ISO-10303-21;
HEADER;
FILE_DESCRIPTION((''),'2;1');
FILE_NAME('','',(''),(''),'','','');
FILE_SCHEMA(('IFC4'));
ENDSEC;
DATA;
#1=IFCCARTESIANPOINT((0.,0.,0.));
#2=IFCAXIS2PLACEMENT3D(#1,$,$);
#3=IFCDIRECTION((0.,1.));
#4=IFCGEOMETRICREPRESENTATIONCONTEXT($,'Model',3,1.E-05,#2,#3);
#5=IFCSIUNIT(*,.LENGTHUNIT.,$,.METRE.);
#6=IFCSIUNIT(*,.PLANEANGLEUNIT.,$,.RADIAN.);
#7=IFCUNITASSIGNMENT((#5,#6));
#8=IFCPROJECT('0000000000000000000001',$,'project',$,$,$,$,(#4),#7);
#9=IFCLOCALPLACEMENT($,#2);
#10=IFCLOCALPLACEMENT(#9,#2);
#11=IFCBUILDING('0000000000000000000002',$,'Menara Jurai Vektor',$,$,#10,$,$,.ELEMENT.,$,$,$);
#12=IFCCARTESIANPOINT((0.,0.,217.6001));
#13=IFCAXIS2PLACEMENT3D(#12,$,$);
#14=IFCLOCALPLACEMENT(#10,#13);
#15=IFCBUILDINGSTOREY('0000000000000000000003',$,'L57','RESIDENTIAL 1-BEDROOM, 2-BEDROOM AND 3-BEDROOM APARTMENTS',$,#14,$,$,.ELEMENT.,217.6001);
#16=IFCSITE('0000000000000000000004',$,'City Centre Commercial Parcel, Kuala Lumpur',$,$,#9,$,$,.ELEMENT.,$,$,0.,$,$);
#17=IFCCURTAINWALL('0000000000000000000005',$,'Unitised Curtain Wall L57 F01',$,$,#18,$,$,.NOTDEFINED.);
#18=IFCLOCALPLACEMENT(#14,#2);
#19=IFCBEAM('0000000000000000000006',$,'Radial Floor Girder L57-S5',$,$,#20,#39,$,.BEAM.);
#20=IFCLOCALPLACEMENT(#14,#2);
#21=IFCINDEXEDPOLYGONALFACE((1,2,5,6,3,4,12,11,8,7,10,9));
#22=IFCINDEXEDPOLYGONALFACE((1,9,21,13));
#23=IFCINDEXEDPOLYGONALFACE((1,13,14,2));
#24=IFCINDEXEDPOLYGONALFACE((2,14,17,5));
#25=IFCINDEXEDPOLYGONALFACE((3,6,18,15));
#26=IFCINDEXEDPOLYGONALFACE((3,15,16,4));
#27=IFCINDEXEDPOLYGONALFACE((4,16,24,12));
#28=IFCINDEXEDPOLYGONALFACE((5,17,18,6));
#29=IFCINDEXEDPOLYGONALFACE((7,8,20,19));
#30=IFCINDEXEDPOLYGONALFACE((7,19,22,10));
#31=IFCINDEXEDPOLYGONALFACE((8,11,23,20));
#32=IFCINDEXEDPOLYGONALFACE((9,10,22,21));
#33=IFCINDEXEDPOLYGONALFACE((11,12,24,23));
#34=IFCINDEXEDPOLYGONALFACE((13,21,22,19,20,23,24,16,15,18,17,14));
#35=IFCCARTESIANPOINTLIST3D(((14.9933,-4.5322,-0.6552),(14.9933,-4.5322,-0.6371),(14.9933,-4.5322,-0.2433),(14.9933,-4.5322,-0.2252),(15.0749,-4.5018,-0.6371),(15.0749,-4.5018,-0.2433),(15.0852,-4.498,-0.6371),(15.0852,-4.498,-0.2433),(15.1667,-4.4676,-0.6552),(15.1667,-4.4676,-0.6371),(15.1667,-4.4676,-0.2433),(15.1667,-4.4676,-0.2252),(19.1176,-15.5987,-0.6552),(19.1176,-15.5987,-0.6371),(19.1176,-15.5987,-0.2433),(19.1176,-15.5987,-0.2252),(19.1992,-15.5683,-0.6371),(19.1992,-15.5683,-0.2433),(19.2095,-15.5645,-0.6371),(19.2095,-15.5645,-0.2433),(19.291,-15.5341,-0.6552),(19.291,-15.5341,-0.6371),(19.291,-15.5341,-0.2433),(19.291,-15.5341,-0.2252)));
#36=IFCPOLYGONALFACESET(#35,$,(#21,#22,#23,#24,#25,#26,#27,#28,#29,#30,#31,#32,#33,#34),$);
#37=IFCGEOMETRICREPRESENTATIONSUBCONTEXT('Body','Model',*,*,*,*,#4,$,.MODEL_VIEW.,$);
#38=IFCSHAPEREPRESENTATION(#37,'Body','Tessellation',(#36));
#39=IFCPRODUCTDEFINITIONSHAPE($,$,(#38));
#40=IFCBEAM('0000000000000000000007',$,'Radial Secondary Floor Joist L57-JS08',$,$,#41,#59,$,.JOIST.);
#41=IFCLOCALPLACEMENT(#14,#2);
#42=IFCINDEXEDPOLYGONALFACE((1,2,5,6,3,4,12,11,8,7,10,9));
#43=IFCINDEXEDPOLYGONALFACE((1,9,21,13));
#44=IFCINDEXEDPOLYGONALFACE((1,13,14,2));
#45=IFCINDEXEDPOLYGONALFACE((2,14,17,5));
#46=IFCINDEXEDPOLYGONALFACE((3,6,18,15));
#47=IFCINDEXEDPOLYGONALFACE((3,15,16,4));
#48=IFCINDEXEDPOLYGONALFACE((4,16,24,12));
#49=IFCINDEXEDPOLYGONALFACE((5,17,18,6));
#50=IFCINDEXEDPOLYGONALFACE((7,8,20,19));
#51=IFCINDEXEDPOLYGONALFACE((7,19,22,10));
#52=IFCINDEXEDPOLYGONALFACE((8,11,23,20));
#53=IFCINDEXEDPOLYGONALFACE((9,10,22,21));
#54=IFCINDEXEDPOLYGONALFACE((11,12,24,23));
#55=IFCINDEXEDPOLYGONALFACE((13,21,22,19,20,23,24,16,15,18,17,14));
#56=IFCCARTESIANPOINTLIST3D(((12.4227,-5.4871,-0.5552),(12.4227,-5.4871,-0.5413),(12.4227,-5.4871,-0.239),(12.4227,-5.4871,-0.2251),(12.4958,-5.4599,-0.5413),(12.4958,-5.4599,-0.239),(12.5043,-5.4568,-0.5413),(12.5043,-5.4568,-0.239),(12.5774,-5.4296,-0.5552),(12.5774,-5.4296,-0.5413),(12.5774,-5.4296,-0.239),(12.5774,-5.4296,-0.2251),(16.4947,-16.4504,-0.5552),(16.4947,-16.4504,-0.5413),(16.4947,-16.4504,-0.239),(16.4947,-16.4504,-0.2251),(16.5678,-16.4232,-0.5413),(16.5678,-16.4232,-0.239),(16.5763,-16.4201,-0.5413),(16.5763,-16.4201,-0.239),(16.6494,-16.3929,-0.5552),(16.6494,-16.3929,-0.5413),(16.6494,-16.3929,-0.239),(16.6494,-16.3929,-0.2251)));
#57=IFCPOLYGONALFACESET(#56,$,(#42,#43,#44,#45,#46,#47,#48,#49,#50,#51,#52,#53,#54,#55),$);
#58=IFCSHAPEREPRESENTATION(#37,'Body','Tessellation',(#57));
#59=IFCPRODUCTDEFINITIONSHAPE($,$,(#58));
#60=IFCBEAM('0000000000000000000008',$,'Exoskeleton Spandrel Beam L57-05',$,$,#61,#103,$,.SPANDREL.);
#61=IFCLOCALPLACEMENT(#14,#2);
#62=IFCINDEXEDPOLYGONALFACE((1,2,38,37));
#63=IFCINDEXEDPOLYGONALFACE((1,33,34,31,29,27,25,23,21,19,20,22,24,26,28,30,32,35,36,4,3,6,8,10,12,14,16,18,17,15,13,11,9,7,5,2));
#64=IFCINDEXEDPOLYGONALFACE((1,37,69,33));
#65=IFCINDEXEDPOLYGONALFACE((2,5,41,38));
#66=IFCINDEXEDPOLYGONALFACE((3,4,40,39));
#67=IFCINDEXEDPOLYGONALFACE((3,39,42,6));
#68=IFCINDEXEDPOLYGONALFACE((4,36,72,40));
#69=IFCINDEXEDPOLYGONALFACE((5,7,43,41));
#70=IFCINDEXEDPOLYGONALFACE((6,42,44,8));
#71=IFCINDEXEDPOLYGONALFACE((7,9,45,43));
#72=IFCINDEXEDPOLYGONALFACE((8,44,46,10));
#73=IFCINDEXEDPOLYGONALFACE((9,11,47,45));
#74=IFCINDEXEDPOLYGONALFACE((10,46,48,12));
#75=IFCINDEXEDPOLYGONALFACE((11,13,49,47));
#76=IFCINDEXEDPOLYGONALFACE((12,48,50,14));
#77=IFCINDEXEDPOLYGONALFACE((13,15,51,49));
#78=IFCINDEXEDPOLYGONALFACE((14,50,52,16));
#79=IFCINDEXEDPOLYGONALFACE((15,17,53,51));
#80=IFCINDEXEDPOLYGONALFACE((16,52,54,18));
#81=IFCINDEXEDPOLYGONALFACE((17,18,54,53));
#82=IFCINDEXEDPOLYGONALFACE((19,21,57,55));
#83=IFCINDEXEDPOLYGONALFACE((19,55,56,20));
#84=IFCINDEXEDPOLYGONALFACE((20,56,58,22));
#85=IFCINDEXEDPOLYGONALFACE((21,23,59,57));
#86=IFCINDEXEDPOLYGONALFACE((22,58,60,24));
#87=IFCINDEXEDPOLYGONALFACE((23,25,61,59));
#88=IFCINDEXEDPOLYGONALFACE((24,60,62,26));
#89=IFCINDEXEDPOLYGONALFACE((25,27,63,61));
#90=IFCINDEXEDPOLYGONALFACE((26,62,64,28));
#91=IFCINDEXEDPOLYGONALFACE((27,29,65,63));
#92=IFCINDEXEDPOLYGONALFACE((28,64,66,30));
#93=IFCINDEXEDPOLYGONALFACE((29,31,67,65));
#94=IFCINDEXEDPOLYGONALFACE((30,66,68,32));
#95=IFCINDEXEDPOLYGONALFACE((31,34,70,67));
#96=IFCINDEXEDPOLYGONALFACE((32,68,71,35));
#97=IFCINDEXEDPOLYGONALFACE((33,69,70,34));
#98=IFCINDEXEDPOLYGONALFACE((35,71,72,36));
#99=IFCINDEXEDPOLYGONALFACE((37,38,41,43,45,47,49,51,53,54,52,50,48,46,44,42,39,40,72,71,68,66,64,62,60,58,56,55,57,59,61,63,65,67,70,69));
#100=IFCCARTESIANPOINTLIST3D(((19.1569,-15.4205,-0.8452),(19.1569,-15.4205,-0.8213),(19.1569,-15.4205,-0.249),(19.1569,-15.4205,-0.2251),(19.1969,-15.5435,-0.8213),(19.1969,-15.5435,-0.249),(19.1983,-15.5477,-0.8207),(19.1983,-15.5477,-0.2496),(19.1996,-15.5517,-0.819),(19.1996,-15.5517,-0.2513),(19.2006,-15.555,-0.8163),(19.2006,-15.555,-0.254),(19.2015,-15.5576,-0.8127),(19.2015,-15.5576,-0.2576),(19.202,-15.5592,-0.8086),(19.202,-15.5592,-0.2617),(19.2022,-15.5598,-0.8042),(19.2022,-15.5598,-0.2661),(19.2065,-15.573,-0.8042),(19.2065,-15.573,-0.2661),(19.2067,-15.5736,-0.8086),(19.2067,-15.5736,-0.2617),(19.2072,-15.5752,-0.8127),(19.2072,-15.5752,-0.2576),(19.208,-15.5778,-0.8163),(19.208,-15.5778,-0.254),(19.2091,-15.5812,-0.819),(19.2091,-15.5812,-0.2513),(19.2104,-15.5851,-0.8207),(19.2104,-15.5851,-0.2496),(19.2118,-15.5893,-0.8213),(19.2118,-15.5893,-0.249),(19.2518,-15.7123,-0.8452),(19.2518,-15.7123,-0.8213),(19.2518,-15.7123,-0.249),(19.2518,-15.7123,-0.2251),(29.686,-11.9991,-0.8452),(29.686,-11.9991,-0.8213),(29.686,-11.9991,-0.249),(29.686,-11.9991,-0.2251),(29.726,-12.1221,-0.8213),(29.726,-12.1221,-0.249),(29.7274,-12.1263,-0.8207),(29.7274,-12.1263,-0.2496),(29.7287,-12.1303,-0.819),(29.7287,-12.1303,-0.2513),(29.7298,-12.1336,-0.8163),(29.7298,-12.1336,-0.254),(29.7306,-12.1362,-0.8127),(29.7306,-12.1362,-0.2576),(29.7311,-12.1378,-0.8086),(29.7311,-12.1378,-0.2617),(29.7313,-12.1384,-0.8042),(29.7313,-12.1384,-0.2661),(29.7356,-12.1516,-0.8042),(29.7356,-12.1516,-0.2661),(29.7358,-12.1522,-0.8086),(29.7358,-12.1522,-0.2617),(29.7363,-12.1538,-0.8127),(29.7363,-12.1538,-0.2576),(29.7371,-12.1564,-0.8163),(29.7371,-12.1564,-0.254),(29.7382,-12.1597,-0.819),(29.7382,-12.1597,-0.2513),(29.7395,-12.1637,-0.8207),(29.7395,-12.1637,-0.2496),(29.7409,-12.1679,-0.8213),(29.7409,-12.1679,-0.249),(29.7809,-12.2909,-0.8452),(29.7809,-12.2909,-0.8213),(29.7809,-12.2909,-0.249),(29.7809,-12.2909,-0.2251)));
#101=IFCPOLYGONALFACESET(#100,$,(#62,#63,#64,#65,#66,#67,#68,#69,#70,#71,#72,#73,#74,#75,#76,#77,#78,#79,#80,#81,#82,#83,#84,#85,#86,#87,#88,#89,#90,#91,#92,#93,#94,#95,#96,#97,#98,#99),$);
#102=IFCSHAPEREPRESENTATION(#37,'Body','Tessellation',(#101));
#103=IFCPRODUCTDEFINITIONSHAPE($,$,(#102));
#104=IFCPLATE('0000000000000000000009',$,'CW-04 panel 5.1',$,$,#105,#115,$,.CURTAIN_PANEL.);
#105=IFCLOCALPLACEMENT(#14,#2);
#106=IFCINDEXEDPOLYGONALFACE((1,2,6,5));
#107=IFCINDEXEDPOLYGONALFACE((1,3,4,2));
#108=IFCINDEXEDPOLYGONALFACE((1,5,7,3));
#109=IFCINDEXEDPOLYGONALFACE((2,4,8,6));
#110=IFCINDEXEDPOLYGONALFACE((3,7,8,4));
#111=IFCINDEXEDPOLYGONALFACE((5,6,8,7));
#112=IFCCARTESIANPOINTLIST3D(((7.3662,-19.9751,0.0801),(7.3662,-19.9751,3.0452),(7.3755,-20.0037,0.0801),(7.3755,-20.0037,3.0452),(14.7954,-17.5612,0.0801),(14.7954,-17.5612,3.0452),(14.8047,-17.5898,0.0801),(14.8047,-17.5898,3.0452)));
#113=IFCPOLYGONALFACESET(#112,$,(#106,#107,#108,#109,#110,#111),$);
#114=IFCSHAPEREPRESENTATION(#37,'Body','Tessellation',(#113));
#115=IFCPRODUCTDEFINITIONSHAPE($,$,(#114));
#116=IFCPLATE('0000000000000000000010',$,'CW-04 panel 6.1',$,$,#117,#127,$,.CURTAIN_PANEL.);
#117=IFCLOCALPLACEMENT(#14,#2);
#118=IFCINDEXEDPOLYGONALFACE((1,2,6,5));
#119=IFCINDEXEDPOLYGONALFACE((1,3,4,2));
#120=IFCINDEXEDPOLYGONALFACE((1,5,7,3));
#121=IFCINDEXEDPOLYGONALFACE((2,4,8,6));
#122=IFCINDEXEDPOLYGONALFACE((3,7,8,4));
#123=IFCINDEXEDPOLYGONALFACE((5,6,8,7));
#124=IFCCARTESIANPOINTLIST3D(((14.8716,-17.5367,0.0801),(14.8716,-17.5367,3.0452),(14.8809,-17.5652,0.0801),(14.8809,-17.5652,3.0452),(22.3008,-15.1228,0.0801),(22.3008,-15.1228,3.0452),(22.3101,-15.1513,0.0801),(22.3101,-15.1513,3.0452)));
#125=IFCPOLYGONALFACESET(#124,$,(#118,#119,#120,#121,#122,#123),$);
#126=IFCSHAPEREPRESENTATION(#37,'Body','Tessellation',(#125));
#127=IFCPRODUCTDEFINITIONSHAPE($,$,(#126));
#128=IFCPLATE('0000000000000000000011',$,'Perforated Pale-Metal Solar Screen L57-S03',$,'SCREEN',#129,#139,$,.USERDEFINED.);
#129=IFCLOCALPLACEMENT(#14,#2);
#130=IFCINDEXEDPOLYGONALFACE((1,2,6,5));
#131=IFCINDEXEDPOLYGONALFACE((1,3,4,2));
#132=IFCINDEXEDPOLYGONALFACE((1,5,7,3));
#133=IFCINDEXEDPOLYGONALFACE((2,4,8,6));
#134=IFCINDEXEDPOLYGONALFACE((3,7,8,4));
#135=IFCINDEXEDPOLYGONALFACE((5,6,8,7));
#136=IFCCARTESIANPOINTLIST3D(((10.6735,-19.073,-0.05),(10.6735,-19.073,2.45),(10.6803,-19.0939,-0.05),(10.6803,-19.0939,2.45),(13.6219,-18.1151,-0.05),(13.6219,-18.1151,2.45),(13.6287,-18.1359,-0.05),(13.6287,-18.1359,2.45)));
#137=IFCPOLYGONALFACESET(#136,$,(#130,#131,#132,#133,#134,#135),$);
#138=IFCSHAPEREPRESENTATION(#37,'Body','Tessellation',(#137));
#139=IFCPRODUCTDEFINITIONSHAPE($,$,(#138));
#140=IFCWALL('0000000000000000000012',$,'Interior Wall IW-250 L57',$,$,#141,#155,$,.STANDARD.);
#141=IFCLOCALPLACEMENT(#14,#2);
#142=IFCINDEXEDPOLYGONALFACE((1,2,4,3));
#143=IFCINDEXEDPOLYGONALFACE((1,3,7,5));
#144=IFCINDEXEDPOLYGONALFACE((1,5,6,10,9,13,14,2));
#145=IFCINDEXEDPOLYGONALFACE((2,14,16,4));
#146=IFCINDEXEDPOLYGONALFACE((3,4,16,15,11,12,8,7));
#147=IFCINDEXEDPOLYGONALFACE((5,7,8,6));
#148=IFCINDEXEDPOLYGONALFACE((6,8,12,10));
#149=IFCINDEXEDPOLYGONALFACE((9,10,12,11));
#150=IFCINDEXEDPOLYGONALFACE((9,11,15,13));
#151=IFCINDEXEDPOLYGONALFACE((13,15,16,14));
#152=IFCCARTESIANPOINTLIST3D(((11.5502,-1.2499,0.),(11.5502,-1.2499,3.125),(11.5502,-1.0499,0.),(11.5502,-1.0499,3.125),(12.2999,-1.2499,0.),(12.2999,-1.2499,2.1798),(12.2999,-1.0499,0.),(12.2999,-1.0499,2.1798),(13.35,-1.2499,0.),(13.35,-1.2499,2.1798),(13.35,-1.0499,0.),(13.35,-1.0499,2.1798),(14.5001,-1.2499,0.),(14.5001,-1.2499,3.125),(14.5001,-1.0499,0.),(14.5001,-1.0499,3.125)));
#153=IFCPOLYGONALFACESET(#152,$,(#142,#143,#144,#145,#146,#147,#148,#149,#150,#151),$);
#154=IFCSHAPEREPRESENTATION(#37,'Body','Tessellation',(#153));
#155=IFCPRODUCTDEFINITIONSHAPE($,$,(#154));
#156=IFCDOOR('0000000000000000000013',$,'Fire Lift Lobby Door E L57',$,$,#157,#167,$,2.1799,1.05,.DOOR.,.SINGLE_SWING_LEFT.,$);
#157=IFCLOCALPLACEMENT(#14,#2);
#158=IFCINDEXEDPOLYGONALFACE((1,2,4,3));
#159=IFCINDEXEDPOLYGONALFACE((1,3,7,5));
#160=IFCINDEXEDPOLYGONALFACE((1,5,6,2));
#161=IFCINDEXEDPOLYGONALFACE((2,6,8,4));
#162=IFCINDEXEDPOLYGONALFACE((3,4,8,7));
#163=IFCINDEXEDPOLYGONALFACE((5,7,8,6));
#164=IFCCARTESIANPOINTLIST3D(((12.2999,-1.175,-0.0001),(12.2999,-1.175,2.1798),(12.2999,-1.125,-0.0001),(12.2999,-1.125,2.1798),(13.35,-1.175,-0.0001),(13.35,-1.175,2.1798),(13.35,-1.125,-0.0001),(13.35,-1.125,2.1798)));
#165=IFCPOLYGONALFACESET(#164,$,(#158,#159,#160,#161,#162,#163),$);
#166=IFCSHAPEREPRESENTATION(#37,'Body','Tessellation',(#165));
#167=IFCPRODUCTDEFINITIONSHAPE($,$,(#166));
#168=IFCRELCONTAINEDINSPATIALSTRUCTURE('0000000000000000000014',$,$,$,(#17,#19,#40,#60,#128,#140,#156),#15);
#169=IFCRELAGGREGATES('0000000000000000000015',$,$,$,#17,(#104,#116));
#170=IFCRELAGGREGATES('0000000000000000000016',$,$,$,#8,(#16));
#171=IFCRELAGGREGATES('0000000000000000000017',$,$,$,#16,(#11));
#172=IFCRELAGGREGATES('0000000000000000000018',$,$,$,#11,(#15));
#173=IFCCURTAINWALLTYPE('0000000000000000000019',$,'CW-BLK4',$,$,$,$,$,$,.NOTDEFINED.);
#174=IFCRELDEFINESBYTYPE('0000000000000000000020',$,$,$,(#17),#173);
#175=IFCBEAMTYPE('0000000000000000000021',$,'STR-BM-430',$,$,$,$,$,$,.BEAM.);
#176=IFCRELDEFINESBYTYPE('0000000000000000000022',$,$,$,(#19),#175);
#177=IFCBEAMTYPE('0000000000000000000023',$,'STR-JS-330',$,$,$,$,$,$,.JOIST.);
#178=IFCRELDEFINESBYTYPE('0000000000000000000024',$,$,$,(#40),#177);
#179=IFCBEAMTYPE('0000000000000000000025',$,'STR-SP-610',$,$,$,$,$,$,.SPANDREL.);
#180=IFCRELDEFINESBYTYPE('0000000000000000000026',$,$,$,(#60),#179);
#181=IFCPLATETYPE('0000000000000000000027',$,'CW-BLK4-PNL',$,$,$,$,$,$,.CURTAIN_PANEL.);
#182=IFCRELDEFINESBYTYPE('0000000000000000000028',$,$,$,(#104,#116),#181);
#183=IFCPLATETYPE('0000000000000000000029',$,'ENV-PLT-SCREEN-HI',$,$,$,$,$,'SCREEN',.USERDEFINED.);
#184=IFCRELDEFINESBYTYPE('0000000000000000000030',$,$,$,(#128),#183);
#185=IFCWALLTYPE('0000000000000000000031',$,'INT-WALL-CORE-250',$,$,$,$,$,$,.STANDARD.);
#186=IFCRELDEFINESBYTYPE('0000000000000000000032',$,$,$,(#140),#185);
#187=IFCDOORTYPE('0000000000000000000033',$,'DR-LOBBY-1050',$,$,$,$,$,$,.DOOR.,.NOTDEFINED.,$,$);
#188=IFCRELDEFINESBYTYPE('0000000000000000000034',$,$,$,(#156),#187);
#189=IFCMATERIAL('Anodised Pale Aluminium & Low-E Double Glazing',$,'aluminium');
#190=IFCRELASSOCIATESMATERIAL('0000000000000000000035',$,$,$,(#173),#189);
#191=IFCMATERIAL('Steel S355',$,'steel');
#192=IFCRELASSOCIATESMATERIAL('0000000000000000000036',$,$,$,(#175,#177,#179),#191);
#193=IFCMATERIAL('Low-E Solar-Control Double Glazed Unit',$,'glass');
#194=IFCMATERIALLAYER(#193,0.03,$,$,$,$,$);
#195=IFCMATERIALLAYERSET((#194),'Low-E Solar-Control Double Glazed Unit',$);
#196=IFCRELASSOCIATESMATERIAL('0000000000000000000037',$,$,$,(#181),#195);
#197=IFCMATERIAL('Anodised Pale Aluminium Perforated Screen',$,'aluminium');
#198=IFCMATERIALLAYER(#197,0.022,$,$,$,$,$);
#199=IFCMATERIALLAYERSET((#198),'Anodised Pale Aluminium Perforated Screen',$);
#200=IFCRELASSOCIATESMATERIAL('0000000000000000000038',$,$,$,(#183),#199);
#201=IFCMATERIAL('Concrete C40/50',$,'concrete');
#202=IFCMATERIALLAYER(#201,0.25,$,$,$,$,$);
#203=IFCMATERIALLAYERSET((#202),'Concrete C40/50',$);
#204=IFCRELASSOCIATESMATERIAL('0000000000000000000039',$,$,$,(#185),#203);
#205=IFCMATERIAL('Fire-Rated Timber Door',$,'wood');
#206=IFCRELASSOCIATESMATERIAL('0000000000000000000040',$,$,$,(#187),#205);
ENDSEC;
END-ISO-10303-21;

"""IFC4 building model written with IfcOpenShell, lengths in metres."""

from ifc_helpers import new_model, si_unit, direction, frame, frame_2d, origin, origin_2d, place, context, subcontext, project, spatial, rectangle, i_section, extrude, material, layer, layer_set, material_profile, profile_set, type_object, element, fill, aggregate, save


model = new_model("IFC4")

# Units and contexts
model_context = context("Model", 3, precision=1e-05, world=origin(), true_north=direction((0.0, 1.0)))
body_context = subcontext(model_context, "Body", "Model", "MODEL_VIEW")
ifc_project = project(units=[si_unit("LENGTHUNIT", "METRE"), si_unit("PLANEANGLEUNIT", "RADIAN")], contexts=[model_context])

# Site, building, storey
site_placement = place(None, origin())
site = spatial("IfcSite", under=ifc_project, at=site_placement, Name="City Centre Commercial Parcel, Kuala Lumpur", CompositionType="ELEMENT", RefElevation=0.0)
building_placement = place(site_placement, origin())
building = spatial("IfcBuilding", under=site, at=building_placement, Name="Menara Jurai Vektor", CompositionType="ELEMENT")
storey_placement = place(building_placement, frame((0.0, 0.0, 217.6001)))
storey = spatial("IfcBuildingStorey", under=building, at=storey_placement, Name="L57", Description="RESIDENTIAL 1-BEDROOM, 2-BEDROOM AND 3-BEDROOM APARTMENTS", CompositionType="ELEMENT", Elevation=217.6001)

# Curtain wall
ifc_material_1 = material(Name="Anodised Pale Aluminium & Low-E Double Glazing", Category="aluminium")
curtain_wall_type = type_object("IfcCurtainWallType", Name="CW-BLK4", PredefinedType="NOTDEFINED", material=ifc_material_1)
curtain_wall_placement = place(storey_placement, origin())
curtain_wall = element("IfcCurtainWall", 1, at=curtain_wall_placement, inside=storey, type_object=curtain_wall_type, Name="Unitised Curtain Wall L57 F01", PredefinedType="NOTDEFINED")

# Beams
ifc_material_2 = material(Name="Steel S355", Category="steel")
ifc_material_profile_1 = material_profile(ifc_material_2, i_section(OverallWidth=0.1851, OverallDepth=0.4299, WebThickness=0.011, FlangeThickness=0.0181, at=origin_2d()), Name="PG 430x185x76")
ifc_profile_set_1 = profile_set([ifc_material_profile_1], Name="Steel S355")
beam_type_1 = type_object("IfcBeamType", Name="STR-BM-430", PredefinedType="BEAM", material=ifc_profile_set_1)
beam_1_placement = place(storey_placement, frame((19.2043, -15.5664, -0.4402), z_axis=(-0.34922, 0.937041, 0.0), x_axis=(-0.937041, -0.34922, 0.0)))
element("IfcBeam", 2, at=beam_1_placement, inside=storey, type_object=beam_type_1, Name="Radial Floor Girder L57-S5", PredefinedType="BEAM", context=body_context, shape_type="SweptSolid", body=[
    extrude(i_section(OverallWidth=0.1851, OverallDepth=0.4299, WebThickness=0.011, FlangeThickness=0.0181, at=origin_2d()), origin(), (0.0, 0.0, 1.0), 11.8101),
])
ifc_material_profile_2 = material_profile(ifc_material_2, i_section(OverallWidth=0.165, OverallDepth=0.3301, WebThickness=0.009, FlangeThickness=0.0139, at=origin_2d()), Name="PG 330x165x46")
ifc_profile_set_2 = profile_set([ifc_material_profile_2], Name="Steel S355")
beam_type_2 = type_object("IfcBeamType", Name="STR-JS-330", PredefinedType="JOIST", material=ifc_profile_set_2)
beam_2_placement = place(storey_placement, frame((16.572, -16.4216, -0.3901), z_axis=(-0.34818, 0.937428, 0.0), x_axis=(-0.937428, -0.34818, 0.0)))
element("IfcBeam", 3, at=beam_2_placement, inside=storey, type_object=beam_type_2, Name="Radial Secondary Floor Joist L57-JS08", PredefinedType="JOIST", context=body_context, shape_type="SweptSolid", body=[
    extrude(i_section(OverallWidth=0.165, OverallDepth=0.3301, WebThickness=0.009, FlangeThickness=0.0139, at=origin_2d()), origin(), (0.0, 0.0, 1.0), 11.6951),
])
ifc_material_profile_3 = material_profile(ifc_material_2, i_section(OverallWidth=0.3069, OverallDepth=0.6201, WebThickness=0.0139, FlangeThickness=0.0239, FilletRadius=0.0171, at=origin_2d()), Name="UKB 610x305x179")
ifc_profile_set_3 = profile_set([ifc_material_profile_3], Name="Steel S355")
beam_type_3 = type_object("IfcBeamType", Name="STR-SP-610", PredefinedType="SPANDREL", material=ifc_profile_set_3)
beam_3_placement = place(storey_placement, frame((19.2043, -15.5664, -0.5352), z_axis=(0.951049, 0.309041, 0.0), x_axis=(-0.309041, 0.951049, 0.0)))
element("IfcBeam", 4, at=beam_3_placement, inside=storey, type_object=beam_type_3, Name="Exoskeleton Spandrel Beam L57-05", PredefinedType="SPANDREL", context=body_context, shape_type="SweptSolid", body=[
    extrude(i_section(OverallWidth=0.3069, OverallDepth=0.6201, WebThickness=0.0139, FlangeThickness=0.0239, FilletRadius=0.0171, at=origin_2d()), origin(), (0.0, 0.0, 1.0), 11.071),
])

# Plates
ifc_material_3 = material(Name="Low-E Solar-Control Double Glazed Unit", Category="glass")
ifc_layer_1 = layer(ifc_material_3, 0.03)
ifc_layer_set_1 = layer_set([ifc_layer_1], Name="Low-E Solar-Control Double Glazed Unit")
plate_type_1 = type_object("IfcPlateType", Name="CW-BLK4-PNL", PredefinedType="CURTAIN_PANEL", material=ifc_layer_set_1)
plate_1_placement = place(storey_placement, frame((11.0854, -18.7825, 0.0801), z_axis=(0.0, 0.0, 1.0), x_axis=(0.951056, 0.309017, 0.0)))
plate_1 = element("IfcPlate", 5, at=plate_1_placement, type_object=plate_type_1, Name="CW-04 panel 5.1", PredefinedType="CURTAIN_PANEL", context=body_context, shape_type="SweptSolid", body=[
    extrude(rectangle(XDim=7.8115, YDim=0.03, at=origin_2d()), origin(), (0.0, 0.0, 1.0), 2.9651),
])
plate_2_placement = place(storey_placement, frame((18.5908, -16.344, 0.0801), z_axis=(0.0, 0.0, 1.0), x_axis=(0.951056, 0.309017, 0.0)))
plate_2 = element("IfcPlate", 6, at=plate_2_placement, type_object=plate_type_1, Name="CW-04 panel 6.1", PredefinedType="CURTAIN_PANEL", context=body_context, shape_type="SweptSolid", body=[
    extrude(rectangle(XDim=7.8115, YDim=0.03, at=origin_2d()), origin(), (0.0, 0.0, 1.0), 2.9651),
])
aggregate(curtain_wall, [plate_1, plate_2])
ifc_material_4 = material(Name="Anodised Pale Aluminium Perforated Screen", Category="aluminium")
ifc_layer_2 = layer(ifc_material_4, 0.022)
ifc_layer_set_2 = layer_set([ifc_layer_2], Name="Anodised Pale Aluminium Perforated Screen")
plate_type_2 = type_object("IfcPlateType", Name="ENV-PLT-SCREEN-HI", ElementType="SCREEN", PredefinedType="USERDEFINED", material=ifc_layer_set_2)
plate_3_placement = place(storey_placement, frame((12.1511, -18.6045, -0.05), z_axis=(0.0, 0.0, 1.0), x_axis=(0.951057, 0.309017, 0.0)))
element("IfcPlate", 7, at=plate_3_placement, inside=storey, type_object=plate_type_2, Name="Perforated Pale-Metal Solar Screen L57-S03", ObjectType="SCREEN", PredefinedType="USERDEFINED", context=body_context, shape_type="SweptSolid", body=[
    extrude(rectangle(XDim=3.1001, YDim=0.022, at=origin_2d()), origin(), (0.0, 0.0, 1.0), 2.5),
])

# Wall, opening, door
ifc_material_5 = material(Name="Concrete C40/50", Category="concrete")
ifc_layer_3 = layer(ifc_material_5, 0.25)
ifc_layer_set_3 = layer_set([ifc_layer_3], Name="Concrete C40/50")
wall_type_1 = type_object("IfcWallType", Name="INT-WALL-CORE-250", PredefinedType="STANDARD", material=ifc_layer_set_3)
wall_1_placement = place(storey_placement, frame((11.55, -1.1499, 0.0), z_axis=(0.0, 0.0, 1.0), x_axis=(1.0, 0.0, 0.0)))
wall_1 = element("IfcWall", 8, at=wall_1_placement, inside=storey, type_object=wall_type_1, Name="Interior Wall IW-250 L57", PredefinedType="STANDARD", context=body_context, shape_type="SweptSolid", body=[
    extrude(rectangle(XDim=2.95, YDim=0.2, at=frame_2d((1.4751, 0.0))), origin(), (0.0, 0.0, 1.0), 3.125),
])
opening_1_placement = place(wall_1_placement, frame((0.75, 0.0, 0.0)))
opening_1 = element("IfcOpeningElement", 9, at=opening_1_placement, cuts=wall_1, PredefinedType="OPENING", context=body_context, shape_type="SweptSolid", body=[
    extrude(rectangle(XDim=1.05, YDim=2.1799, at=frame_2d((0.5249, 1.0898))), frame((0.0, 0.1099, 0.0), z_axis=(0.0, -1.0, 0.0), x_axis=(1.0, 0.0, 0.0)), (0.0, 0.0, 1.0), 0.22),
])
ifc_material_6 = material(Name="Fire-Rated Timber Door", Category="wood")
door_type_1 = type_object("IfcDoorType", Name="DR-LOBBY-1050", OperationType="NOTDEFINED", PredefinedType="DOOR", material=ifc_material_6)
door_1_placement = place(opening_1_placement, origin())
door_1 = element("IfcDoor", 10, at=door_1_placement, inside=storey, type_object=door_type_1, Name="Fire Lift Lobby Door E L57", OperationType="SINGLE_SWING_LEFT", OverallHeight=2.1799, OverallWidth=1.05, PredefinedType="DOOR", context=body_context, shape_type="SweptSolid", body=[
    extrude(rectangle(XDim=1.05, YDim=2.1799, at=frame_2d((0.5249, 1.0898))), frame((0.0, 0.0249, 0.0), z_axis=(0.0, -1.0, 0.0), x_axis=(1.0, 0.0, 0.0)), (0.0, 0.0, 1.0), 0.05),
])
fill(opening_1, door_1)

save(model, "model.ifc")
